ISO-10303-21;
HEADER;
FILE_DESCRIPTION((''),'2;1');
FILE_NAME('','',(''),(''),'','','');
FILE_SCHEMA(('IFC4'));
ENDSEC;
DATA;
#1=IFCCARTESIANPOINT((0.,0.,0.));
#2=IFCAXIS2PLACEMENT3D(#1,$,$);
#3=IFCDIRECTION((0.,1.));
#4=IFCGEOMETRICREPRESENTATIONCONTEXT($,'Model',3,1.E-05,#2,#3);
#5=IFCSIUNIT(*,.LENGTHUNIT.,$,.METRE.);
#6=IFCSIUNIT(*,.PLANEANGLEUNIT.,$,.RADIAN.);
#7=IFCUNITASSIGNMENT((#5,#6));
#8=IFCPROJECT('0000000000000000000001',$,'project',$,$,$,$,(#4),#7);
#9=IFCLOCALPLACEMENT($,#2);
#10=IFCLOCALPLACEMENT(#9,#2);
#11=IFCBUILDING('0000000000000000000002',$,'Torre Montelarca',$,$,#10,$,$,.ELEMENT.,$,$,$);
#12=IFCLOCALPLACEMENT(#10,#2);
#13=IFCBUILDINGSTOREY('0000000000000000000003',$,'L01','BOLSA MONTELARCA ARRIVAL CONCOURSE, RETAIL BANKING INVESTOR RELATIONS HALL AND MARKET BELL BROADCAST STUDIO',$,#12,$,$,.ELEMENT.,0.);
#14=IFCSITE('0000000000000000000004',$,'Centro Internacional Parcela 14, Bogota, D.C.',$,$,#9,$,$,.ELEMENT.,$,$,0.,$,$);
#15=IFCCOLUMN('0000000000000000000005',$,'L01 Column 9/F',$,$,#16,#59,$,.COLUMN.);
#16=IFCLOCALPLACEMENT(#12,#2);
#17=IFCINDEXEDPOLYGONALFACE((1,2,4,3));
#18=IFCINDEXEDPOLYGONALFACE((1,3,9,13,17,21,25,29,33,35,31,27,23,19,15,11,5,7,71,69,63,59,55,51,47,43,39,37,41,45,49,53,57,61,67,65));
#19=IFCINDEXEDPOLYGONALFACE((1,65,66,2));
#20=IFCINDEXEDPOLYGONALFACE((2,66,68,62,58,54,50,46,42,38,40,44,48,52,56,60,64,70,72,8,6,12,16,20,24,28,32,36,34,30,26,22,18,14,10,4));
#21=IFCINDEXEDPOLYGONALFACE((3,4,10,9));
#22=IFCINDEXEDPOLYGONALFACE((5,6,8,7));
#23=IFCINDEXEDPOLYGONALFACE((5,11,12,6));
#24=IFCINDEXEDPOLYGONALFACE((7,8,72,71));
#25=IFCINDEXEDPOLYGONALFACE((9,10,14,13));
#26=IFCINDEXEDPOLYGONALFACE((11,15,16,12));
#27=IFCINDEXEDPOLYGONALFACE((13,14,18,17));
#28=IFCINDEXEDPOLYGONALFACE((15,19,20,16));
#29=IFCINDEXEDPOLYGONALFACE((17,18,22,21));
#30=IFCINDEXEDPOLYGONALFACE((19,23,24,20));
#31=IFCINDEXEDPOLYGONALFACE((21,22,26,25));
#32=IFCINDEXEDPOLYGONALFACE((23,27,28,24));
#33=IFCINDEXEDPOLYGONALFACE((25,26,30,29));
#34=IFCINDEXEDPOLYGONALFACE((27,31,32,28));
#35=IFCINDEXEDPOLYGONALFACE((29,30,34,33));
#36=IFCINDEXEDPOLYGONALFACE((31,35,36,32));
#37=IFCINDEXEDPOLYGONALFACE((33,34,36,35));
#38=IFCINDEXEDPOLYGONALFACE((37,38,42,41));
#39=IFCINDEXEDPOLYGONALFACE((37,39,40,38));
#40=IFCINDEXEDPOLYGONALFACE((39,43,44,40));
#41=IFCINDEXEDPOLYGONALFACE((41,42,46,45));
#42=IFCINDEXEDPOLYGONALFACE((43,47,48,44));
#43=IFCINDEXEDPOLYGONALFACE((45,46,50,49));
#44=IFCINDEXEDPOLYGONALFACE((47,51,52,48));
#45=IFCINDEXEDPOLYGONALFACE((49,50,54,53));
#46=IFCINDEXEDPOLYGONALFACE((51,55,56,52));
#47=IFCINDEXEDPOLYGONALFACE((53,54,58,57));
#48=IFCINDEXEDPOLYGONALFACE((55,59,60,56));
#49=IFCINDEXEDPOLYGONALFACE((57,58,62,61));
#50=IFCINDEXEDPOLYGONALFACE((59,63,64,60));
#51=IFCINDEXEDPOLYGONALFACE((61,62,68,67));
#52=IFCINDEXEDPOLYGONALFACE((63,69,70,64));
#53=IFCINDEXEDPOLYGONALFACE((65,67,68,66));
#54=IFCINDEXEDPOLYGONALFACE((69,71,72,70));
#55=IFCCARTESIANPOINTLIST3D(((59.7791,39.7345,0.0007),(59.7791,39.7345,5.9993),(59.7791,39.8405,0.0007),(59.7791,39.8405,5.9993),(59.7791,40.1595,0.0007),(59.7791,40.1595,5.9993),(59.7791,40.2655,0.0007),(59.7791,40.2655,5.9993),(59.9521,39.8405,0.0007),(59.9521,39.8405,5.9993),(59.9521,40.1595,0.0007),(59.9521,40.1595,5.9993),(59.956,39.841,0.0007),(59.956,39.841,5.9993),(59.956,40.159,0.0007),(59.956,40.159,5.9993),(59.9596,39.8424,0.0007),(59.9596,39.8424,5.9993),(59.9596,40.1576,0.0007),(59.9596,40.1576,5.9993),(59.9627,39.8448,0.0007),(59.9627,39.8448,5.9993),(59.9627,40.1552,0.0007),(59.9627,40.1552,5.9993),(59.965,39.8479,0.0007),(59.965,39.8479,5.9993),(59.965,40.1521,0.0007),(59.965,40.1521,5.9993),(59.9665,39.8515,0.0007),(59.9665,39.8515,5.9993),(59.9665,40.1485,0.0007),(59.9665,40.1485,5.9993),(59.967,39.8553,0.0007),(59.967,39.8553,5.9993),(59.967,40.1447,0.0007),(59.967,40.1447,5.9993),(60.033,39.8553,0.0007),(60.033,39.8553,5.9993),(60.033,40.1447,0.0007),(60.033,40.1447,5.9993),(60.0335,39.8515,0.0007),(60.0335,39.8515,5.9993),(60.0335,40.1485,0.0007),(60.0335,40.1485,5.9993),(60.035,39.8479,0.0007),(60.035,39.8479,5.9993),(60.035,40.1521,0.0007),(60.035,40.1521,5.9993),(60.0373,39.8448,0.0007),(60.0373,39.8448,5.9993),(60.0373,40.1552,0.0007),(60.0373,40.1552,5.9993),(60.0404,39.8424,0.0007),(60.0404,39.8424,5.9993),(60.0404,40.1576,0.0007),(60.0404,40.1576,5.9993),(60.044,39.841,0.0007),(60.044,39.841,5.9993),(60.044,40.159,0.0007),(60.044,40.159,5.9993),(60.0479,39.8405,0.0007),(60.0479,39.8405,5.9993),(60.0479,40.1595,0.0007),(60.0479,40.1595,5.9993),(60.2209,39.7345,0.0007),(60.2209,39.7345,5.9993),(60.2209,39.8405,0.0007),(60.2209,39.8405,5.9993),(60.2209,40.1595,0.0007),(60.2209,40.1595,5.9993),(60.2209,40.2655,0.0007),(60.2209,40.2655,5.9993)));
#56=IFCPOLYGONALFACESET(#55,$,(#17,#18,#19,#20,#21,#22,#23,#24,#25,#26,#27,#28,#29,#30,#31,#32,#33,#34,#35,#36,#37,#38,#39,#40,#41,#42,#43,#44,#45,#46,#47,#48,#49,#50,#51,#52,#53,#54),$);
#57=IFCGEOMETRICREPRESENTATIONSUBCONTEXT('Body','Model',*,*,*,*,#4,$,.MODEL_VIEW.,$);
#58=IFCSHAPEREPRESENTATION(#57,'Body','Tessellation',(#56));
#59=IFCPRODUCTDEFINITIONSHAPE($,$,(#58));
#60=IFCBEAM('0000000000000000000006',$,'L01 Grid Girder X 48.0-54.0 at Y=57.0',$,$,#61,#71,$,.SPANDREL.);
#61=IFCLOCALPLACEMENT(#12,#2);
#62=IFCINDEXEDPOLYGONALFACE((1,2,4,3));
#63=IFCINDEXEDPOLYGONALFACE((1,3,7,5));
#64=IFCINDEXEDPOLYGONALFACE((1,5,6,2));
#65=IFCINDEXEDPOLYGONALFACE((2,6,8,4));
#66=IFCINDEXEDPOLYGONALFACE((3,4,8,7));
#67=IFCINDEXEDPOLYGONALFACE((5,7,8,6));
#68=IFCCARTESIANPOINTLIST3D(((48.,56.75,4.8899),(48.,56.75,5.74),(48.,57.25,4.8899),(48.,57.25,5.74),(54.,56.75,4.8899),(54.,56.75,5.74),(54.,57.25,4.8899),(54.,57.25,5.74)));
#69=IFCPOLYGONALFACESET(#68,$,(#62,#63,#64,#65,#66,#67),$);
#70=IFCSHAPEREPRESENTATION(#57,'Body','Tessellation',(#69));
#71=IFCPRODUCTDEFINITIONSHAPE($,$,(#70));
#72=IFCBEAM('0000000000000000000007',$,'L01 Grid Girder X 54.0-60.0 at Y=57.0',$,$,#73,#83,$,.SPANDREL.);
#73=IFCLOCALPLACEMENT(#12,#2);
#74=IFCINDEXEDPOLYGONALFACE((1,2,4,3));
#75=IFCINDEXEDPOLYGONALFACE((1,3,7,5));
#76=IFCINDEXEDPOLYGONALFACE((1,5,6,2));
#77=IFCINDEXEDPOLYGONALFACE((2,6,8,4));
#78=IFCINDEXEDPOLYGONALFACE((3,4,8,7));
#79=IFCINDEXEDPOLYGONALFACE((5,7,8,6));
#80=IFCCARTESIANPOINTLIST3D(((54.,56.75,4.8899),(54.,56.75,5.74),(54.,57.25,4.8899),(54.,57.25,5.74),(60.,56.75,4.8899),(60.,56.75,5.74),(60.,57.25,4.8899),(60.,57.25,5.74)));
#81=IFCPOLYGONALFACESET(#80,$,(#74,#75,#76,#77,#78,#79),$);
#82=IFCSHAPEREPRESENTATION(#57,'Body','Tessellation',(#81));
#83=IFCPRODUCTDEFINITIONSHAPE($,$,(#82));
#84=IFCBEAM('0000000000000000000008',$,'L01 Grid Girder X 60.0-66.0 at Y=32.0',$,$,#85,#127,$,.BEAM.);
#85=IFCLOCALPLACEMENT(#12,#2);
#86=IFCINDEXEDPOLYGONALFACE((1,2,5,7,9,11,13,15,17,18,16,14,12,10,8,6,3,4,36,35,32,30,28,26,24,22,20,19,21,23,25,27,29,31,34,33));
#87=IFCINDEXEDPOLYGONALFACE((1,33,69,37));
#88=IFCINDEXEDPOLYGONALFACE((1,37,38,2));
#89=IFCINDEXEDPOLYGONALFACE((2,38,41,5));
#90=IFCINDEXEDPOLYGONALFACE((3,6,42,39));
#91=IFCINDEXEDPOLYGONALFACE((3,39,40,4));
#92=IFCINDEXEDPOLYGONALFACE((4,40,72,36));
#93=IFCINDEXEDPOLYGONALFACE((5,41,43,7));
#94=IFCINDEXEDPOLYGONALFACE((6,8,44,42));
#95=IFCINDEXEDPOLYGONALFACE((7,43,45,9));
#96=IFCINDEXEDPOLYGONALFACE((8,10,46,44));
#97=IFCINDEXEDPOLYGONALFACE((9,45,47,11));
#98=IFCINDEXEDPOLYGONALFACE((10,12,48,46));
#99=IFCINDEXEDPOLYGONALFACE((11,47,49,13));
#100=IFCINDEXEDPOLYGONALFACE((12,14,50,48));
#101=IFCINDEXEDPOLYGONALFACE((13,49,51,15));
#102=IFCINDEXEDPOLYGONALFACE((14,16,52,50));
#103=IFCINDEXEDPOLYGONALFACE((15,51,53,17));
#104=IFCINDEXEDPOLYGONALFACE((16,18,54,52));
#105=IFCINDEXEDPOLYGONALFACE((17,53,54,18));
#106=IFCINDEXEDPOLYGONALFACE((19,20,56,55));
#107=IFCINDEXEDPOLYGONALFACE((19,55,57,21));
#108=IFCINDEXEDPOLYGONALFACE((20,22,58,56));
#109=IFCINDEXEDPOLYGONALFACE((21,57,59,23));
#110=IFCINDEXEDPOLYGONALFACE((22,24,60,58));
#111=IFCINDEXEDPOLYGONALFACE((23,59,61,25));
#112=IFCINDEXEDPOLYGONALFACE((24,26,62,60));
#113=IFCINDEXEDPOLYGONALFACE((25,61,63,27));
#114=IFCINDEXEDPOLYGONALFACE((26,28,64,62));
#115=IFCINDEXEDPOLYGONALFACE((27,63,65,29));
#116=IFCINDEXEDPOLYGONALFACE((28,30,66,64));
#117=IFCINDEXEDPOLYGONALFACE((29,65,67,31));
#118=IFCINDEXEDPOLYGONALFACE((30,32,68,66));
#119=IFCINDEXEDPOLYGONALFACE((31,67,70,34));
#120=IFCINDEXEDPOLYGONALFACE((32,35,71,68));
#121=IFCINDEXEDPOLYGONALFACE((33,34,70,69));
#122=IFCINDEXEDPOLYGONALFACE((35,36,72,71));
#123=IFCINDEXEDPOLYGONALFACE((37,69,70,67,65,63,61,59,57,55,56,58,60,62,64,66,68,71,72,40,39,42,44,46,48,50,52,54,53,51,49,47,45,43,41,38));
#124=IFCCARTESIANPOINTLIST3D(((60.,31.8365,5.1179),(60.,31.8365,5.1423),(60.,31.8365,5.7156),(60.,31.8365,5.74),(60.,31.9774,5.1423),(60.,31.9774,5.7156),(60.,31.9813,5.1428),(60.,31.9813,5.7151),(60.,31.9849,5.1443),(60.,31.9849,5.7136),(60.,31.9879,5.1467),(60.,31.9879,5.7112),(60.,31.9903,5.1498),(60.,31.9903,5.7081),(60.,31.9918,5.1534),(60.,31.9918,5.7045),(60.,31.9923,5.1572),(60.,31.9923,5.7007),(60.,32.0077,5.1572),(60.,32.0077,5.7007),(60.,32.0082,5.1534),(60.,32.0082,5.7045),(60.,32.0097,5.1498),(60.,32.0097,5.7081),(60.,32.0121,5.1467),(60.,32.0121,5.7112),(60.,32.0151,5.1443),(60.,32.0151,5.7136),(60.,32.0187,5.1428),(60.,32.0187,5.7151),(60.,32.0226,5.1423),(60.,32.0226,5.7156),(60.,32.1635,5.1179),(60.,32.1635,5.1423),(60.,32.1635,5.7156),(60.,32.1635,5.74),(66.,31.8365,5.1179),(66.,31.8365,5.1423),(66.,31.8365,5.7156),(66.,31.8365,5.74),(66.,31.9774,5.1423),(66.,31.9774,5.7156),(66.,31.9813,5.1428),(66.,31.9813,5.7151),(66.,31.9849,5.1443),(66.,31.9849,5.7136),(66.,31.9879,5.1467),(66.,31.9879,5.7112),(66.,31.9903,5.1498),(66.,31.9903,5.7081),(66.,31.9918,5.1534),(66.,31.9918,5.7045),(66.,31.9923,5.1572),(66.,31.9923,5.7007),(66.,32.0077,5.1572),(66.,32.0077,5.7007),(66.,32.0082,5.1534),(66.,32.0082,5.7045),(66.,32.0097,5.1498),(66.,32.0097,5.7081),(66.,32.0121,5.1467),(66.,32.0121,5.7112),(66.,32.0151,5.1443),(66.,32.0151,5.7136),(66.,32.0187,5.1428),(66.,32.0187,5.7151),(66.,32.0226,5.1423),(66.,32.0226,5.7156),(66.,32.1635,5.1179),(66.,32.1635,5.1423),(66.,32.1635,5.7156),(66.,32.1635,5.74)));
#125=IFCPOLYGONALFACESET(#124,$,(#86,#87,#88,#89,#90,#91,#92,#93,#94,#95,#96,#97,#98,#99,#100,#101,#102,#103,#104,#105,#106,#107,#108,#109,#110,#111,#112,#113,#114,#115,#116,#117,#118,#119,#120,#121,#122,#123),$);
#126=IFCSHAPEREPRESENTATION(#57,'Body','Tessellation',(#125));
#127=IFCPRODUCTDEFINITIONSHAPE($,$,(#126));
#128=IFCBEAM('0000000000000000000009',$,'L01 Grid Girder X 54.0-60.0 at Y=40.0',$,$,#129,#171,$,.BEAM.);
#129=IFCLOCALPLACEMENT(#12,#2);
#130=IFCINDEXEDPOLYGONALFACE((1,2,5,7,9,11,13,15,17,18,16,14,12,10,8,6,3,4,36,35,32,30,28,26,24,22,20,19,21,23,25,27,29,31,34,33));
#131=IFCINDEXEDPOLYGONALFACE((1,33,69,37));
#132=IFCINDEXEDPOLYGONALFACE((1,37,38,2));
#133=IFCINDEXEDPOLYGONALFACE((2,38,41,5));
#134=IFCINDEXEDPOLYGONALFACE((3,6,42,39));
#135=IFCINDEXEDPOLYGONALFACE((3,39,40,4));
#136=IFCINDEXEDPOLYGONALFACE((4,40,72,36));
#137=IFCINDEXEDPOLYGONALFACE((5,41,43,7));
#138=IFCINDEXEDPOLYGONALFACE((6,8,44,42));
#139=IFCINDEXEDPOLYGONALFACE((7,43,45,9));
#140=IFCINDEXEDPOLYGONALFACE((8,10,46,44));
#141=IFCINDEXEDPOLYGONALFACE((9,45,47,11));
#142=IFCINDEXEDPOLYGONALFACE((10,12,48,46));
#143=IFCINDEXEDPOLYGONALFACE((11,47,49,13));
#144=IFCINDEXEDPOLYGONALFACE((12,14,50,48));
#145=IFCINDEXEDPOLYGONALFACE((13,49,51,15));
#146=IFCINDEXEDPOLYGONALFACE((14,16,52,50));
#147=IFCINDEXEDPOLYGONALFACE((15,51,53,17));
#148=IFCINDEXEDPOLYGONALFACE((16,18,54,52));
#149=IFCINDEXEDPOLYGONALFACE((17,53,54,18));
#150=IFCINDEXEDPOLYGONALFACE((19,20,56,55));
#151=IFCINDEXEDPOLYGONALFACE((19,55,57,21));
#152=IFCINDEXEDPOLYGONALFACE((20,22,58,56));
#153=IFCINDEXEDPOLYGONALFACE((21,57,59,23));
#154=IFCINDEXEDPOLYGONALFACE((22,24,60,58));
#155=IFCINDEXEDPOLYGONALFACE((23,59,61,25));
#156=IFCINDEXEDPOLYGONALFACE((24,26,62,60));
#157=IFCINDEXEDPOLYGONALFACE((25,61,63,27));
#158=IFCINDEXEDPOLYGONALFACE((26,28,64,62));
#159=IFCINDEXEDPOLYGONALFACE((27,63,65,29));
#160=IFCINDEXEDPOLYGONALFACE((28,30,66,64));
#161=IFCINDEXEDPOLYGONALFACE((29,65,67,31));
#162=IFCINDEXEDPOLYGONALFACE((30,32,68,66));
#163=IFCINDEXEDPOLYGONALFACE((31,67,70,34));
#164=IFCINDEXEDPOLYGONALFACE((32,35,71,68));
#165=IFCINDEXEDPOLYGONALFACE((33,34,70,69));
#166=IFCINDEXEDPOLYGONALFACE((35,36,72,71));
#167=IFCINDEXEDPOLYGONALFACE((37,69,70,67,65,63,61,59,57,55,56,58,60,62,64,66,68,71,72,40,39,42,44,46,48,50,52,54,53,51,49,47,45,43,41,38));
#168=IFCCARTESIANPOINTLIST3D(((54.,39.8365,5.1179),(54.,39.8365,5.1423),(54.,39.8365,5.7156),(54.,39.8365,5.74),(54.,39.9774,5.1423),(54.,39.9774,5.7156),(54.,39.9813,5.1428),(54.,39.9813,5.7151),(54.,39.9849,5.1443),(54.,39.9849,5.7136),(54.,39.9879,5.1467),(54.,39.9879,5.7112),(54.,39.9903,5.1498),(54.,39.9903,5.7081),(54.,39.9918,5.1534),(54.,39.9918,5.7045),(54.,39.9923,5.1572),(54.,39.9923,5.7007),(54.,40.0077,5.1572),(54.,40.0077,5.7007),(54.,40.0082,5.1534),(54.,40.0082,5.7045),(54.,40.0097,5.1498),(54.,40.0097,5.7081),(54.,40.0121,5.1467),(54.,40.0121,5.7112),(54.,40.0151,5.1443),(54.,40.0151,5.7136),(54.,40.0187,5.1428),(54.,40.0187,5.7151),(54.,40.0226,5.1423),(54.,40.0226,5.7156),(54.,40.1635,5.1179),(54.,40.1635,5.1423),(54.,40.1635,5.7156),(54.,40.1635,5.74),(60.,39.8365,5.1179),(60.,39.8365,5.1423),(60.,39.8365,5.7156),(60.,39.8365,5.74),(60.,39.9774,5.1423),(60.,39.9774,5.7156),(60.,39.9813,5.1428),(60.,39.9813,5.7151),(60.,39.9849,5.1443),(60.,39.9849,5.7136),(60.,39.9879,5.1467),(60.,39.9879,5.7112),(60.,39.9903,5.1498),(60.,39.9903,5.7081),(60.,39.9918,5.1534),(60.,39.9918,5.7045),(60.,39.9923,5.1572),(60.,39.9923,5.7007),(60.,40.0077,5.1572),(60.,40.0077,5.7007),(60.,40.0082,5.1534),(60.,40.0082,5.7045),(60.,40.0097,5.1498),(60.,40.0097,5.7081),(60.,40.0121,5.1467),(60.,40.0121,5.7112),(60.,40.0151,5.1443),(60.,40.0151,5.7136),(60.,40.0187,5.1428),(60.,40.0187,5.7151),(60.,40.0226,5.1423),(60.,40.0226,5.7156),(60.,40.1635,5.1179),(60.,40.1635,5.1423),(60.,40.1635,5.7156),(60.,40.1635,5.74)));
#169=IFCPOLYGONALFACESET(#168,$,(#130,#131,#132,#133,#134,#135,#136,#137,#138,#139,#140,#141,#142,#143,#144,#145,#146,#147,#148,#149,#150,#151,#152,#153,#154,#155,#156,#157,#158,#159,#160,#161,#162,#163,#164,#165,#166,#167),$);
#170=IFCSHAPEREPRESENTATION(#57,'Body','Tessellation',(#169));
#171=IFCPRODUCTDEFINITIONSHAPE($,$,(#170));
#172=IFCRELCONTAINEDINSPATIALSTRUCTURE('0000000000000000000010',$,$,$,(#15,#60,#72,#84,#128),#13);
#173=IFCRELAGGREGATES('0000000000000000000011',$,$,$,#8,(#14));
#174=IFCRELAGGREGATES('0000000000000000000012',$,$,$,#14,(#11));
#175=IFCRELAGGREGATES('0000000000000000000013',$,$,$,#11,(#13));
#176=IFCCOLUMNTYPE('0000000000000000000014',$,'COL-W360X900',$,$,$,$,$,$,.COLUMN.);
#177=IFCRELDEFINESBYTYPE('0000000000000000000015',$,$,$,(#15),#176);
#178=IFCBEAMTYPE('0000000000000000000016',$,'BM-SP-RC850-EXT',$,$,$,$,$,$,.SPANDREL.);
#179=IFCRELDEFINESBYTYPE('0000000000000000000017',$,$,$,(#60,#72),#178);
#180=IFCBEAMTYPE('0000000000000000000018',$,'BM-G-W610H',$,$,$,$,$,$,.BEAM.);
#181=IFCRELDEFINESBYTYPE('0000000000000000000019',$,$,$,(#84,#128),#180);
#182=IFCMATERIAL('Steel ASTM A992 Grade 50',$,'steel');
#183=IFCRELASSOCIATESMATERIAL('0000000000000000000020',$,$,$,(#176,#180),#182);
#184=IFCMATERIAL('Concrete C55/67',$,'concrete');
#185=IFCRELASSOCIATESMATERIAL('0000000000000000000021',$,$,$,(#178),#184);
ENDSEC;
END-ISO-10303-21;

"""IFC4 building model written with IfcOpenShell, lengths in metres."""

from ifc_helpers import new_model, si_unit, direction, frame, origin, origin_2d, place, context, subcontext, project, spatial, rectangle, i_section, extrude, source, transform, mapped, material, material_profile, profile_set, type_object, element, save


model = new_model("IFC4")

# Units and contexts
model_context = context("Model", 3, precision=1e-05, world=origin(), true_north=direction((0.0, 1.0)))
body_context = subcontext(model_context, "Body", "Model", "MODEL_VIEW")
ifc_project = project(units=[si_unit("LENGTHUNIT", "METRE"), si_unit("PLANEANGLEUNIT", "RADIAN")], contexts=[model_context])

# Site, building, storey
site_placement = place(None, origin())
site = spatial("IfcSite", under=ifc_project, at=site_placement, Name="Centro Internacional Parcela 14, Bogota, D.C.", CompositionType="ELEMENT", RefElevation=0.0)
building_placement = place(site_placement, origin())
building = spatial("IfcBuilding", under=site, at=building_placement, Name="Torre Montelarca", CompositionType="ELEMENT")
storey_placement = place(building_placement, origin())
storey = spatial("IfcBuildingStorey", under=building, at=storey_placement, Name="L01", Description="BOLSA MONTELARCA ARRIVAL CONCOURSE, RETAIL BANKING INVESTOR RELATIONS HALL AND MARKET BELL BROADCAST STUDIO", CompositionType="ELEMENT", Elevation=0.0)

# Column
ifc_material_1 = material(Name="Steel ASTM A992 Grade 50", Category="steel")
ifc_material_profile_1 = material_profile(ifc_material_1, i_section(OverallWidth=0.4419, OverallDepth=0.531, WebThickness=0.0659, FlangeThickness=0.106, FilletRadius=0.0149, at=origin_2d()), Name="W360X900", Category="steel")
ifc_profile_set_1 = profile_set([ifc_material_profile_1], Name="Steel ASTM A992 Grade 50")
column_type_1 = type_object("IfcColumnType", Name="COL-W360X900", PredefinedType="COLUMN", material=ifc_profile_set_1)
shared_shape_1 = source(origin(), body_context, "Body", "SweptSolid", [
    extrude(i_section(OverallWidth=0.4419, OverallDepth=0.531, WebThickness=0.0659, FlangeThickness=0.106, FilletRadius=0.0149, at=origin_2d()), origin(), (0.0, 0.0, 1.0), 5.9985),
])
for number, where, z_axis, x_axis, name in (
    (1, (60.0, 40.0, 0.0007), (0.0, 0.0, 1.0), (1.0, 0.0, 0.0), "L01 Column 9/F"),
):
    element("IfcColumn", number, at=place(storey_placement, frame(where, z_axis=z_axis, x_axis=x_axis)), inside=storey, type_object=column_type_1, Name=name, PredefinedType="COLUMN", context=body_context, shape_type="MappedRepresentation", body=[
        mapped(shared_shape_1, transform((0.0, 0.0, 0.0), scale=1.0)),
    ])

# Beams
ifc_material_2 = material(Name="Concrete C55/67", Category="concrete")
ifc_material_profile_2 = material_profile(ifc_material_2, rectangle(XDim=0.5, YDim=0.8501, at=origin_2d()), Name="RCB500X850", Category="concrete")
ifc_profile_set_2 = profile_set([ifc_material_profile_2], Name="Concrete C55/67")
beam_type_1 = type_object("IfcBeamType", Name="BM-SP-RC850-EXT", PredefinedType="SPANDREL", material=ifc_profile_set_2)
shared_shape_2 = source(origin(), body_context, "Body", "SweptSolid", [
    extrude(rectangle(XDim=0.5, YDim=0.8501, at=origin_2d()), origin(), (0.0, 0.0, 1.0), 6.0),
])
for number, where, z_axis, x_axis, name in (
    (2, (48.0, 57.0, 5.3149), (1.0, 0.0, 0.0), (0.0, 1.0, 0.0), "L01 Grid Girder X 48.0-54.0 at Y=57.0"),
    (3, (54.0, 57.0, 5.3149), (1.0, 0.0, 0.0), (0.0, 1.0, 0.0), "L01 Grid Girder X 54.0-60.0 at Y=57.0"),
):
    element("IfcBeam", number, at=place(storey_placement, frame(where, z_axis=z_axis, x_axis=x_axis)), inside=storey, type_object=beam_type_1, Name=name, PredefinedType="SPANDREL", context=body_context, shape_type="MappedRepresentation", body=[
        mapped(shared_shape_2, transform((0.0, 0.0, 0.0), scale=1.0)),
    ])
ifc_material_profile_3 = material_profile(ifc_material_1, i_section(OverallWidth=0.3269, OverallDepth=0.6221, WebThickness=0.0154, FlangeThickness=0.0244, FilletRadius=0.0149, at=origin_2d()), Name="W610X195", Category="steel")
ifc_profile_set_3 = profile_set([ifc_material_profile_3], Name="Steel ASTM A992 Grade 50")
beam_type_2 = type_object("IfcBeamType", Name="BM-G-W610H", PredefinedType="BEAM", material=ifc_profile_set_3)
shared_shape_3 = source(origin(), body_context, "Body", "SweptSolid", [
    extrude(i_section(OverallWidth=0.3269, OverallDepth=0.6221, WebThickness=0.0154, FlangeThickness=0.0244, FilletRadius=0.0149, at=origin_2d()), origin(), (0.0, 0.0, 1.0), 6.0),
])
for number, where, z_axis, x_axis, name in (
    (4, (60.0, 32.0, 5.429), (1.0, 0.0, 0.0), (0.0, 1.0, 0.0), "L01 Grid Girder X 60.0-66.0 at Y=32.0"),
    (5, (54.0, 40.0, 5.429), (1.0, 0.0, 0.0), (0.0, 1.0, 0.0), "L01 Grid Girder X 54.0-60.0 at Y=40.0"),
):
    element("IfcBeam", number, at=place(storey_placement, frame(where, z_axis=z_axis, x_axis=x_axis)), inside=storey, type_object=beam_type_2, Name=name, PredefinedType="BEAM", context=body_context, shape_type="MappedRepresentation", body=[
        mapped(shared_shape_3, transform((0.0, 0.0, 0.0), scale=1.0)),
    ])

save(model, "model.ifc")
